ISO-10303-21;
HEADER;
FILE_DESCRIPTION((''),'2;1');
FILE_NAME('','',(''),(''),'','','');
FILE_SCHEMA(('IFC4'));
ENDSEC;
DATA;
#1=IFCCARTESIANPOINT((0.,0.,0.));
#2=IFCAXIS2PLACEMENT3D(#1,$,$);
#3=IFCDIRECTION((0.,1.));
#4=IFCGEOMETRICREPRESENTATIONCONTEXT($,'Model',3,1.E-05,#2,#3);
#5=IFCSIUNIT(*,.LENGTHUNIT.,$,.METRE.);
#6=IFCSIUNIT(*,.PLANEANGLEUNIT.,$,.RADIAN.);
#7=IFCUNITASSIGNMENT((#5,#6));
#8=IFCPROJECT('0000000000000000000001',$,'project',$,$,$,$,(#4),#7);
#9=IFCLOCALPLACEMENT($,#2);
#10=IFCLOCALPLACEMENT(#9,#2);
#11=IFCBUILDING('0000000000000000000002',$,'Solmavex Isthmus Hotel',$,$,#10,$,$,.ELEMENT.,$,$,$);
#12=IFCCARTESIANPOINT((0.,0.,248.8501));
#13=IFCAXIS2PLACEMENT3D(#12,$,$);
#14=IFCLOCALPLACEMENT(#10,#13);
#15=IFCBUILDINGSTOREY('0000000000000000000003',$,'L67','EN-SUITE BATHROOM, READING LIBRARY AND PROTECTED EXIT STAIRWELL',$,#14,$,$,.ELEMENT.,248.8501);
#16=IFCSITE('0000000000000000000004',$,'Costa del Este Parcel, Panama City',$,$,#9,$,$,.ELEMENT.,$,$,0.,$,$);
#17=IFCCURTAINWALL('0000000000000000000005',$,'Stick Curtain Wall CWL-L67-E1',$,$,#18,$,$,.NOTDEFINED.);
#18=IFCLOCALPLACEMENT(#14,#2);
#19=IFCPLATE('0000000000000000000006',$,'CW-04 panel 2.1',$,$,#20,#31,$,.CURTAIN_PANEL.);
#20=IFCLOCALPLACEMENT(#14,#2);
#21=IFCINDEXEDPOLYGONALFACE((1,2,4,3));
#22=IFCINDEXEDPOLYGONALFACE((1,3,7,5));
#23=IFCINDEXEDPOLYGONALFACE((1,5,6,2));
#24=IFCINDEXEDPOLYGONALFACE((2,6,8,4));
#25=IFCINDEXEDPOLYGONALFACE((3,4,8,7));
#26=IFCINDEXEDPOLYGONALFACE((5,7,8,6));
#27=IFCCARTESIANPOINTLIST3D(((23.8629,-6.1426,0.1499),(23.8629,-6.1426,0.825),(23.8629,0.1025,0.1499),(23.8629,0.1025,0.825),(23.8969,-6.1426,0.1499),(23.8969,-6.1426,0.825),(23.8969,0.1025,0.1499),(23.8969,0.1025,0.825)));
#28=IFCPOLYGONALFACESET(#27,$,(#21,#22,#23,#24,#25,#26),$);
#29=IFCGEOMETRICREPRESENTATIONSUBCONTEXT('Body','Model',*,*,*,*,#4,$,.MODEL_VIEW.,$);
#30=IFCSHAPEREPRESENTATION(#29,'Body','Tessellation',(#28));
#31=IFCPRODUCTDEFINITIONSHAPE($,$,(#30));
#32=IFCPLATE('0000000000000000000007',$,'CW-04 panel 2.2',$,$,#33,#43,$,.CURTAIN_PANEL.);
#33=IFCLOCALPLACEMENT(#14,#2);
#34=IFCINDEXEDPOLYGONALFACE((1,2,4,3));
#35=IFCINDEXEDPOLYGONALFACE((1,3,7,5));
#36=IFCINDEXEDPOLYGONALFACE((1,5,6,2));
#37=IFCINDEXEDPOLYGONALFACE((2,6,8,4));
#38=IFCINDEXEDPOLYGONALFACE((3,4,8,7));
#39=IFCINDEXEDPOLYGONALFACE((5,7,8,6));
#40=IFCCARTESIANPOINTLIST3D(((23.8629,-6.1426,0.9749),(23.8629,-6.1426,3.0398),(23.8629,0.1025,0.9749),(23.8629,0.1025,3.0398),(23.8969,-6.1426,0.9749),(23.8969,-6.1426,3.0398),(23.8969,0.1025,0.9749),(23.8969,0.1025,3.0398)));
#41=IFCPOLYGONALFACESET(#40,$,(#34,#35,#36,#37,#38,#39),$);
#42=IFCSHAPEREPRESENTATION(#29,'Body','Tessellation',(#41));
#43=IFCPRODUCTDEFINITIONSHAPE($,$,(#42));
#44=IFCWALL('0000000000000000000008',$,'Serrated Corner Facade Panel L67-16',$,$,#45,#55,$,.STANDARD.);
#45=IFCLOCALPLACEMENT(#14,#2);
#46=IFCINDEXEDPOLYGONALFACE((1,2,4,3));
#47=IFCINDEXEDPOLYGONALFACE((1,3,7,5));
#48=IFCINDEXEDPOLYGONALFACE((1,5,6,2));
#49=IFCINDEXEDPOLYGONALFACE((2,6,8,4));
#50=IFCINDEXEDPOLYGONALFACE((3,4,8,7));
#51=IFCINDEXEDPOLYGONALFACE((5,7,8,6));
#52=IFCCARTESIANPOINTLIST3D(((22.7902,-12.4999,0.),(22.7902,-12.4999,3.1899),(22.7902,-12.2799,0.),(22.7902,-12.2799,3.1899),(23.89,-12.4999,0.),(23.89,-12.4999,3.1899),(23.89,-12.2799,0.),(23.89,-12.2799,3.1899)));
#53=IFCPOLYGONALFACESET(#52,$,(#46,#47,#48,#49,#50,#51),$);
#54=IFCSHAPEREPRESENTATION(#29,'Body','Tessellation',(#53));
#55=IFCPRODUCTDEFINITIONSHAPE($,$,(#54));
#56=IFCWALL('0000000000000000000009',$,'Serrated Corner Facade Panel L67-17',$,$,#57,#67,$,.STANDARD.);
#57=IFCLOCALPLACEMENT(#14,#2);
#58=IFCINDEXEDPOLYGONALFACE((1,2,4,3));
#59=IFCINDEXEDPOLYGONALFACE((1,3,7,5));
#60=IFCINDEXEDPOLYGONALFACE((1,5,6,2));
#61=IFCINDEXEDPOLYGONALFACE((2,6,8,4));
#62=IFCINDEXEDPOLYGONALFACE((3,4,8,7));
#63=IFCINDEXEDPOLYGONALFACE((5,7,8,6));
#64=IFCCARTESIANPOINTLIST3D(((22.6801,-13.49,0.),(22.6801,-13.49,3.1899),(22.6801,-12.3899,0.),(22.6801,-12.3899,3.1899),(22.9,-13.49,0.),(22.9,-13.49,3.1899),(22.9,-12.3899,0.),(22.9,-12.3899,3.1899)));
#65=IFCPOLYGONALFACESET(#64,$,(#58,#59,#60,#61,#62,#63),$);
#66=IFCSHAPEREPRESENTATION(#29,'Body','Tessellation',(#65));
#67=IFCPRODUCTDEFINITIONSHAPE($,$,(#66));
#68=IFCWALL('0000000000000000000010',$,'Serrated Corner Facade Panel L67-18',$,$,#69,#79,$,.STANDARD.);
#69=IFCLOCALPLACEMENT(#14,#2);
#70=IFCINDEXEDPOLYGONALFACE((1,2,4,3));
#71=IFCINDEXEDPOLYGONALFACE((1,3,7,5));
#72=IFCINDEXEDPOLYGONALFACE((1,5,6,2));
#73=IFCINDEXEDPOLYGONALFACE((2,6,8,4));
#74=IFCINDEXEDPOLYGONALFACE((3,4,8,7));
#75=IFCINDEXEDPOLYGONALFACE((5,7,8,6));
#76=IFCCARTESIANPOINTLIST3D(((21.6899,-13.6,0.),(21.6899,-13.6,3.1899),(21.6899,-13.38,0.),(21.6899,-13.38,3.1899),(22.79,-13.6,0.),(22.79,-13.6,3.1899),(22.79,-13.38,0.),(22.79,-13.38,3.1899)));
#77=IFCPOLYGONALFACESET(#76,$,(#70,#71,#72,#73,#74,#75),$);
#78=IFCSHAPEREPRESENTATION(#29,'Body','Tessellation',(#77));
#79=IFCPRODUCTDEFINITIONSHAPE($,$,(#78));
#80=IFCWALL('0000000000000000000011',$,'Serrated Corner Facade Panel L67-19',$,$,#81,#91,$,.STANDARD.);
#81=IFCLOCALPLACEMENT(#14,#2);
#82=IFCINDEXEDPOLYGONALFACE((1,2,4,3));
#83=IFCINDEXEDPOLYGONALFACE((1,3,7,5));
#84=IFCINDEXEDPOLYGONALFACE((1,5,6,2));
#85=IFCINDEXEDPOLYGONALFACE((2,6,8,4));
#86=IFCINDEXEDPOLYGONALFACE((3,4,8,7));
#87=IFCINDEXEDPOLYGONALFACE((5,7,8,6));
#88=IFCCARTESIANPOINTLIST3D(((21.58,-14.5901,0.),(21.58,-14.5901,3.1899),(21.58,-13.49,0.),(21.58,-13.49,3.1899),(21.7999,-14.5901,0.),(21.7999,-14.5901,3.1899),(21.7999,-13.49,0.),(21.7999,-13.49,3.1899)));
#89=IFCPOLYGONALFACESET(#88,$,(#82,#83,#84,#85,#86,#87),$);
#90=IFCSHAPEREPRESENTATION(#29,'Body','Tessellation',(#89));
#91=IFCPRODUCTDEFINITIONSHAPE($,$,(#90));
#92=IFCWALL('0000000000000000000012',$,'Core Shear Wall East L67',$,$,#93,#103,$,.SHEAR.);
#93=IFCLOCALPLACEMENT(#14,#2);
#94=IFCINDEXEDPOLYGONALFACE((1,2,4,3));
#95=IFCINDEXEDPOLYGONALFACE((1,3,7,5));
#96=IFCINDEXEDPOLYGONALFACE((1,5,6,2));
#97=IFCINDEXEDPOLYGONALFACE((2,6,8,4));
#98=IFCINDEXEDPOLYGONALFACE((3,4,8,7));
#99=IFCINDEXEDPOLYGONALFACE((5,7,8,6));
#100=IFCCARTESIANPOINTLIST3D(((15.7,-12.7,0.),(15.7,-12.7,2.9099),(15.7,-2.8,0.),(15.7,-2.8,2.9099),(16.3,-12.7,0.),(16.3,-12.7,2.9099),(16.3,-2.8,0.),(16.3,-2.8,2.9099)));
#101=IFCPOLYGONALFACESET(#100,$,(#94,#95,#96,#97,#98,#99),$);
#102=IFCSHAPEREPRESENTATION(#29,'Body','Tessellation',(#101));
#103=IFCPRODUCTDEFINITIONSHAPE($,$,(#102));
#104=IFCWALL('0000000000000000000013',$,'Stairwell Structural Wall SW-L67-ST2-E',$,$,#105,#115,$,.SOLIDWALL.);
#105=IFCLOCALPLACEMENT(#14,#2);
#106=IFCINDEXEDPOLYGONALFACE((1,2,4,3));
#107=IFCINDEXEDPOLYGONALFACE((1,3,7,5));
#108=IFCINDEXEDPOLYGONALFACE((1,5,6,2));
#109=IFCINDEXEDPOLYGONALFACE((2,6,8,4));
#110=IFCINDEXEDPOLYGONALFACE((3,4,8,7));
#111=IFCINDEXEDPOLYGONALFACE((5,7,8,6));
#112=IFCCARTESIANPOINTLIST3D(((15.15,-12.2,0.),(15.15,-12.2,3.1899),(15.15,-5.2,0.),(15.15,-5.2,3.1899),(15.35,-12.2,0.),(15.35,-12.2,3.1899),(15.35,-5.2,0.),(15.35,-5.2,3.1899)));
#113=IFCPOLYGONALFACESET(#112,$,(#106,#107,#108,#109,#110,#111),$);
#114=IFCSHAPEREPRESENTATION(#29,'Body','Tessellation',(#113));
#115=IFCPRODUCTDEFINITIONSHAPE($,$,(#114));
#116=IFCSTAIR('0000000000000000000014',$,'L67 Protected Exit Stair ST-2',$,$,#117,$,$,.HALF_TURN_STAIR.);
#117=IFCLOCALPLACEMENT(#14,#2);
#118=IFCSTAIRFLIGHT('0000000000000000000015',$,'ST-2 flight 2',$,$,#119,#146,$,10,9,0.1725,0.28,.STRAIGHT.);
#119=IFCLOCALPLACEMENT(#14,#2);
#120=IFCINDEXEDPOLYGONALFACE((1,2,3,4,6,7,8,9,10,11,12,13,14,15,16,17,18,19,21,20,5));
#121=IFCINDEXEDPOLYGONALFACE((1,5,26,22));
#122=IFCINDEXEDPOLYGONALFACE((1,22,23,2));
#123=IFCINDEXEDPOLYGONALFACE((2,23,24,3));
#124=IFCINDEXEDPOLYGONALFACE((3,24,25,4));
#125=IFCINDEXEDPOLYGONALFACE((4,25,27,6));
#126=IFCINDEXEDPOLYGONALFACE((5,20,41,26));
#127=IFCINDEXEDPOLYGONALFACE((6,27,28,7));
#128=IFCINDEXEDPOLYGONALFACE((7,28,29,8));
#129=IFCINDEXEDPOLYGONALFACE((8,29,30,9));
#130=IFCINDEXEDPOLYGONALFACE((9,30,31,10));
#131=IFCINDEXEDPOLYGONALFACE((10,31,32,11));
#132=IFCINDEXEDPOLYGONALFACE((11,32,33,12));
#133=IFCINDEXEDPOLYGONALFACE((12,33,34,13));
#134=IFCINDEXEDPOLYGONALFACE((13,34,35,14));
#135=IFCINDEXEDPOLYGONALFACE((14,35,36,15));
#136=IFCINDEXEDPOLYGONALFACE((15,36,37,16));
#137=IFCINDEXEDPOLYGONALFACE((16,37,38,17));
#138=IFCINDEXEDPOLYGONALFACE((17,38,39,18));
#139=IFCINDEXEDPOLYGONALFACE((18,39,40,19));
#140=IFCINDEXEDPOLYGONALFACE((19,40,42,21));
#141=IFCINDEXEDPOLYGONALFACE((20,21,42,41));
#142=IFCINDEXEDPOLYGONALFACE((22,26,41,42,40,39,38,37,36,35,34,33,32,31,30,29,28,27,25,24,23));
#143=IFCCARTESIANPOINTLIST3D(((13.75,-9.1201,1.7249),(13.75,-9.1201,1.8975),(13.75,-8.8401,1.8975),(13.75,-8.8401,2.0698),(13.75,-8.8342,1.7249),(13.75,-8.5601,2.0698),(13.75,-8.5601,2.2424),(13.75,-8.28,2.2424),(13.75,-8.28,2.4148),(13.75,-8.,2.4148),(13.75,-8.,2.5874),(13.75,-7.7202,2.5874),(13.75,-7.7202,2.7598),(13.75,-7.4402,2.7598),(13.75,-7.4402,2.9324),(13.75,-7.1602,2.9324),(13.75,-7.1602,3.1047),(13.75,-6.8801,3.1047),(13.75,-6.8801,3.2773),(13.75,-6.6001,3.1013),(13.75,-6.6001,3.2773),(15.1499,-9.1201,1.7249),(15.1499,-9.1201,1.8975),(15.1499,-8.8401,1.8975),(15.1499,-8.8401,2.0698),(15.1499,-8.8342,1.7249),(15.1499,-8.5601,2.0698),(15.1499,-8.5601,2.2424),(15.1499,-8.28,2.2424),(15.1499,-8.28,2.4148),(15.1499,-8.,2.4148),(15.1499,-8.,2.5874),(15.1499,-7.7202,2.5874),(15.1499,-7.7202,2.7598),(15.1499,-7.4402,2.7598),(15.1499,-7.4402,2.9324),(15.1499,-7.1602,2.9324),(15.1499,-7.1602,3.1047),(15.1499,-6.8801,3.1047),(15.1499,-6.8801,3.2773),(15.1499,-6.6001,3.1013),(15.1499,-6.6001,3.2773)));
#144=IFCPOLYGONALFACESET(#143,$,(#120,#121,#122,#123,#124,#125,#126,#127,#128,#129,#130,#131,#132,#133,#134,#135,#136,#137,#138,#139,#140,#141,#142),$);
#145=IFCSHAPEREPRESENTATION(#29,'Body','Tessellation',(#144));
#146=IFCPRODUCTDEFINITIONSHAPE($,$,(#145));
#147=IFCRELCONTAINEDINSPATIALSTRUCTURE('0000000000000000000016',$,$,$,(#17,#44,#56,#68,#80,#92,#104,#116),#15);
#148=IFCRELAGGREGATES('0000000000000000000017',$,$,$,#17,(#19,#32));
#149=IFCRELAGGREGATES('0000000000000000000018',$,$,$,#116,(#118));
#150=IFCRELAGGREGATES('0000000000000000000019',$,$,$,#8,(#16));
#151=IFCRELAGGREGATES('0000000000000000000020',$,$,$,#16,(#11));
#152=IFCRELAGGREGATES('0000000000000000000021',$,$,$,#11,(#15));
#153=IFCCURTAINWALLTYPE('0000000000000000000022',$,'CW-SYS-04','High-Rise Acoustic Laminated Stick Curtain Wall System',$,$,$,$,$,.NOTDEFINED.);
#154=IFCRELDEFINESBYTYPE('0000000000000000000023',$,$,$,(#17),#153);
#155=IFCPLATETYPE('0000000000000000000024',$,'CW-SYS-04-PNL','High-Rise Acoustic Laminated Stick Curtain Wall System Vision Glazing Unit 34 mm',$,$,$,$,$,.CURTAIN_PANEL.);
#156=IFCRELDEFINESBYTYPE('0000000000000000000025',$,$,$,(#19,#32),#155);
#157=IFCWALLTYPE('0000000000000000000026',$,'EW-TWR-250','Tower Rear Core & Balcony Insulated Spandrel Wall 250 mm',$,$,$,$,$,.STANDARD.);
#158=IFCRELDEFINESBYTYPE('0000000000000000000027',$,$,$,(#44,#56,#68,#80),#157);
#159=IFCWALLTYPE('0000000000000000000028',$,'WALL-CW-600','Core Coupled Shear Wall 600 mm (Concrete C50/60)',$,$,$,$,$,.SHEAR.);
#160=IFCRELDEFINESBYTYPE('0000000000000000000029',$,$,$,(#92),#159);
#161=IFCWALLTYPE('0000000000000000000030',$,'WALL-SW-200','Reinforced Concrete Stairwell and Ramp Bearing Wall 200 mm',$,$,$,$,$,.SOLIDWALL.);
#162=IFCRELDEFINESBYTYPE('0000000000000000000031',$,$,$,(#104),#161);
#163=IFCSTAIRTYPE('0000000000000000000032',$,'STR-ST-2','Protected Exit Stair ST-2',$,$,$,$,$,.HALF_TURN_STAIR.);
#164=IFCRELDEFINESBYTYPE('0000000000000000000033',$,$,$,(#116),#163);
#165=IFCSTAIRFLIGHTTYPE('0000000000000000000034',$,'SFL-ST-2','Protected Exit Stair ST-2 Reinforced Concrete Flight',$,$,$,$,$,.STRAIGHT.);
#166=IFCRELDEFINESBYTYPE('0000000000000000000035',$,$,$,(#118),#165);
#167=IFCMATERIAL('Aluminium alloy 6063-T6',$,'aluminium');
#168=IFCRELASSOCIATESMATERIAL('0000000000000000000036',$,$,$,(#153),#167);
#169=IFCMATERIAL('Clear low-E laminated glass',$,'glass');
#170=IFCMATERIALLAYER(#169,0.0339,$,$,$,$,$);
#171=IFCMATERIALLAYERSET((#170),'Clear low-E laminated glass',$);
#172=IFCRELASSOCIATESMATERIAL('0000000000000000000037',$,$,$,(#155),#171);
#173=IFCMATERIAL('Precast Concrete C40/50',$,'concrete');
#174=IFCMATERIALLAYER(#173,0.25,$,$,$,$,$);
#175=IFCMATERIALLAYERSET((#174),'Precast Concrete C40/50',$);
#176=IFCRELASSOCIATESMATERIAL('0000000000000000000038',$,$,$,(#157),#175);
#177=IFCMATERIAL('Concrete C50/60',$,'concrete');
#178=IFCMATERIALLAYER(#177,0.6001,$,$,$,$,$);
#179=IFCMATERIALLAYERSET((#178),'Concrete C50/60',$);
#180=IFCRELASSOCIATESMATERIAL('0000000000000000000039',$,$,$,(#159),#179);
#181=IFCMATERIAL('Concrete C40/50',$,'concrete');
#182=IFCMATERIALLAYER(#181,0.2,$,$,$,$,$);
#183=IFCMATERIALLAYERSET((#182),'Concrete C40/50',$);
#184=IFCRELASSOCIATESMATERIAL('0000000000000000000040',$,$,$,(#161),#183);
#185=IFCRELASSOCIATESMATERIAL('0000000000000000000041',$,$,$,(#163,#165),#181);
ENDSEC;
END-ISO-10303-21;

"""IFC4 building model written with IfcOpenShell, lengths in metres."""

from ifc_helpers import new_model, si_unit, direction, frame, frame_2d, origin, origin_2d, place, context, subcontext, project, spatial, polyline, rectangle, outline, extrude, material, layer, layer_set, type_object, element, aggregate, save


model = new_model("IFC4")

# Units and contexts
model_context = context("Model", 3, precision=1e-05, world=origin(), true_north=direction((0.0, 1.0)))
body_context = subcontext(model_context, "Body", "Model", "MODEL_VIEW")
ifc_project = project(units=[si_unit("LENGTHUNIT", "METRE"), si_unit("PLANEANGLEUNIT", "RADIAN")], contexts=[model_context])

# Site, building, storey
site_placement = place(None, origin())
site = spatial("IfcSite", under=ifc_project, at=site_placement, Name="Costa del Este Parcel, Panama City", CompositionType="ELEMENT", RefElevation=0.0)
building_placement = place(site_placement, origin())
building = spatial("IfcBuilding", under=site, at=building_placement, Name="Solmavex Isthmus Hotel", CompositionType="ELEMENT")
storey_placement = place(building_placement, frame((0.0, 0.0, 248.8501)))
storey = spatial("IfcBuildingStorey", under=building, at=storey_placement, Name="L67", Description="EN-SUITE BATHROOM, READING LIBRARY AND PROTECTED EXIT STAIRWELL", CompositionType="ELEMENT", Elevation=248.8501)

# Shared definitions
ifc_material_1 = material(Name="Concrete C50/60", Category="concrete")

# Curtain wall, plates
ifc_material_2 = material(Name="Aluminium alloy 6063-T6", Category="aluminium")
curtain_wall_type = type_object("IfcCurtainWallType", Name="CW-SYS-04", Description="High-Rise Acoustic Laminated Stick Curtain Wall System", PredefinedType="NOTDEFINED", material=ifc_material_2)
curtain_wall_placement = place(storey_placement, origin())
curtain_wall = element("IfcCurtainWall", 1, at=curtain_wall_placement, inside=storey, type_object=curtain_wall_type, Name="Stick Curtain Wall CWL-L67-E1", PredefinedType="NOTDEFINED")
ifc_material_3 = material(Name="Clear low-E laminated glass", Category="glass")
ifc_layer_1 = layer(ifc_material_3, 0.0339)
ifc_layer_set_1 = layer_set([ifc_layer_1], Name="Clear low-E laminated glass")
plate_type = type_object("IfcPlateType", Name="CW-SYS-04-PNL", Description="High-Rise Acoustic Laminated Stick Curtain Wall System Vision Glazing Unit 34 mm", PredefinedType="CURTAIN_PANEL", material=ifc_layer_set_1)
plate_1_placement = place(storey_placement, frame((23.8799, -3.02, 0.1499), z_axis=(0.0, 0.0, 1.0), x_axis=(0.0, 1.0, 0.0)))
plate_1 = element("IfcPlate", 2, at=plate_1_placement, type_object=plate_type, Name="CW-04 panel 2.1", PredefinedType="CURTAIN_PANEL", context=body_context, shape_type="SweptSolid", body=[
    extrude(rectangle(XDim=6.2451, YDim=0.0339, at=origin_2d()), origin(), (0.0, 0.0, 1.0), 0.675),
])
plate_2_placement = place(storey_placement, frame((23.8799, -3.02, 0.9749), z_axis=(0.0, 0.0, 1.0), x_axis=(0.0, 1.0, 0.0)))
plate_2 = element("IfcPlate", 3, at=plate_2_placement, type_object=plate_type, Name="CW-04 panel 2.2", PredefinedType="CURTAIN_PANEL", context=body_context, shape_type="SweptSolid", body=[
    extrude(rectangle(XDim=6.2451, YDim=0.0339, at=origin_2d()), origin(), (0.0, 0.0, 1.0), 2.0649),
])
aggregate(curtain_wall, [plate_1, plate_2])

# Walls
ifc_material_4 = material(Name="Precast Concrete C40/50", Category="concrete")
ifc_layer_2 = layer(ifc_material_4, 0.25)
ifc_layer_set_2 = layer_set([ifc_layer_2], Name="Precast Concrete C40/50")
wall_type_1 = type_object("IfcWallType", Name="EW-TWR-250", Description="Tower Rear Core & Balcony Insulated Spandrel Wall 250 mm", PredefinedType="STANDARD", material=ifc_layer_set_2)
wall_1_placement = place(storey_placement, frame((23.8899, -12.3899, 0.0), z_axis=(0.0, 0.0, 1.0), x_axis=(-1.0, 0.0, 0.0)))
element("IfcWall", 4, at=wall_1_placement, inside=storey, type_object=wall_type_1, Name="Serrated Corner Facade Panel L67-16", PredefinedType="STANDARD", context=body_context, shape_type="SweptSolid", body=[
    extrude(rectangle(XDim=1.0999, YDim=0.22, at=frame_2d((0.5498, 0.0))), origin(), (0.0, 0.0, 1.0), 3.1899),
])
for number, where, z_axis, x_axis, name in (
    (5, (22.79, -12.3899, 0.0), (0.0, 0.0, 1.0), (0.0, -1.0, 0.0), "Serrated Corner Facade Panel L67-17"),
    (6, (22.79, -13.49, 0.0), (0.0, 0.0, 1.0), (-1.0, 0.0, 0.0), "Serrated Corner Facade Panel L67-18"),
    (7, (21.6899, -13.49, 0.0), (0.0, 0.0, 1.0), (0.0, -1.0, 0.0), "Serrated Corner Facade Panel L67-19"),
):
    element("IfcWall", number, at=place(storey_placement, frame(where, z_axis=z_axis, x_axis=x_axis)), inside=storey, type_object=wall_type_1, Name=name, PredefinedType="STANDARD", context=body_context, shape_type="SweptSolid", body=[
        extrude(rectangle(XDim=1.1001, YDim=0.22, at=frame_2d((0.55, 0.0))), origin(), (0.0, 0.0, 1.0), 3.1899),
    ])
ifc_layer_3 = layer(ifc_material_1, 0.6001)
ifc_layer_set_3 = layer_set([ifc_layer_3], Name="Concrete C50/60")
wall_type_2 = type_object("IfcWallType", Name="WALL-CW-600", Description="Core Coupled Shear Wall 600 mm (Concrete C50/60)", PredefinedType="SHEAR", material=ifc_layer_set_3)
wall_2_placement = place(storey_placement, frame((16.0, -12.7, 0.0), z_axis=(0.0, 0.0, 1.0), x_axis=(0.0, 1.0, 0.0)))
element("IfcWall", 8, at=wall_2_placement, inside=storey, type_object=wall_type_2, Name="Core Shear Wall East L67", PredefinedType="SHEAR", context=body_context, shape_type="SweptSolid", body=[
    extrude(rectangle(XDim=9.8999, YDim=0.6001, at=frame_2d((4.95, 0.0))), origin(), (0.0, 0.0, 1.0), 2.9099),
])
ifc_material_5 = material(Name="Concrete C40/50", Category="concrete")
ifc_layer_4 = layer(ifc_material_5, 0.2)
ifc_layer_set_4 = layer_set([ifc_layer_4], Name="Concrete C40/50")
wall_type_3 = type_object("IfcWallType", Name="WALL-SW-200", Description="Reinforced Concrete Stairwell and Ramp Bearing Wall 200 mm", PredefinedType="SOLIDWALL", material=ifc_layer_set_4)
wall_3_placement = place(storey_placement, frame((15.25, -12.2, 0.0), z_axis=(0.0, 0.0, 1.0), x_axis=(0.0, 1.0, 0.0)))
element("IfcWall", 9, at=wall_3_placement, inside=storey, type_object=wall_type_3, Name="Stairwell Structural Wall SW-L67-ST2-E", PredefinedType="SOLIDWALL", context=body_context, shape_type="SweptSolid", body=[
    extrude(rectangle(XDim=7.0, YDim=0.2, at=frame_2d((3.5, 0.0))), origin(), (0.0, 0.0, 1.0), 3.1899),
])

# Stair, stair flight
stair_type = type_object("IfcStairType", Name="STR-ST-2", Description="Protected Exit Stair ST-2", PredefinedType="HALF_TURN_STAIR", material=ifc_material_5)
stair_placement = place(storey_placement, origin())
stair = element("IfcStair", 10, at=stair_placement, inside=storey, type_object=stair_type, Name="L67 Protected Exit Stair ST-2", PredefinedType="HALF_TURN_STAIR")
stair_flight_type = type_object("IfcStairFlightType", Name="SFL-ST-2", Description="Protected Exit Stair ST-2 Reinforced Concrete Flight", PredefinedType="STRAIGHT", material=ifc_material_5)
stair_flight_placement = place(storey_placement, frame((14.45, -9.1201, 1.7249), z_axis=(0.0, 0.0, 1.0), x_axis=(0.0, 1.0, 0.0)))
stair_flight = element("IfcStairFlight", 11, at=stair_flight_placement, type_object=stair_flight_type, Name="ST-2 flight 2", NumberOfRisers=10, NumberOfTreads=9, PredefinedType="STRAIGHT", RiserHeight=0.1725, TreadLength=0.28, context=body_context, shape_type="SweptSolid", body=[
    extrude(outline(polyline([(0.0, 0.0), (0.0, 0.1726), (0.28, 0.1726), (0.28, 0.345), (0.5601, 0.345), (0.5601, 0.5176), (0.8401, 0.5176), (0.8401, 0.6899), (1.1201, 0.6899), (1.1201, 0.8625), (1.3999, 0.8625), (1.3999, 1.0349), (1.6799, 1.0349), (1.6799, 1.2075), (1.96, 1.2075), (1.96, 1.3799), (2.24, 1.3799), (2.24, 1.5525), (2.52, 1.5525), (2.52, 1.7251), (2.52, 1.3765), (0.2859, 0.0), (0.0, 0.0)])), frame((0.0, 0.7, 0.0), z_axis=(0.0, -1.0, 0.0), x_axis=(1.0, 0.0, 0.0)), (0.0, 0.0, 1.0), 1.3999),
])
aggregate(stair, [stair_flight])

save(model, "model.ifc")
